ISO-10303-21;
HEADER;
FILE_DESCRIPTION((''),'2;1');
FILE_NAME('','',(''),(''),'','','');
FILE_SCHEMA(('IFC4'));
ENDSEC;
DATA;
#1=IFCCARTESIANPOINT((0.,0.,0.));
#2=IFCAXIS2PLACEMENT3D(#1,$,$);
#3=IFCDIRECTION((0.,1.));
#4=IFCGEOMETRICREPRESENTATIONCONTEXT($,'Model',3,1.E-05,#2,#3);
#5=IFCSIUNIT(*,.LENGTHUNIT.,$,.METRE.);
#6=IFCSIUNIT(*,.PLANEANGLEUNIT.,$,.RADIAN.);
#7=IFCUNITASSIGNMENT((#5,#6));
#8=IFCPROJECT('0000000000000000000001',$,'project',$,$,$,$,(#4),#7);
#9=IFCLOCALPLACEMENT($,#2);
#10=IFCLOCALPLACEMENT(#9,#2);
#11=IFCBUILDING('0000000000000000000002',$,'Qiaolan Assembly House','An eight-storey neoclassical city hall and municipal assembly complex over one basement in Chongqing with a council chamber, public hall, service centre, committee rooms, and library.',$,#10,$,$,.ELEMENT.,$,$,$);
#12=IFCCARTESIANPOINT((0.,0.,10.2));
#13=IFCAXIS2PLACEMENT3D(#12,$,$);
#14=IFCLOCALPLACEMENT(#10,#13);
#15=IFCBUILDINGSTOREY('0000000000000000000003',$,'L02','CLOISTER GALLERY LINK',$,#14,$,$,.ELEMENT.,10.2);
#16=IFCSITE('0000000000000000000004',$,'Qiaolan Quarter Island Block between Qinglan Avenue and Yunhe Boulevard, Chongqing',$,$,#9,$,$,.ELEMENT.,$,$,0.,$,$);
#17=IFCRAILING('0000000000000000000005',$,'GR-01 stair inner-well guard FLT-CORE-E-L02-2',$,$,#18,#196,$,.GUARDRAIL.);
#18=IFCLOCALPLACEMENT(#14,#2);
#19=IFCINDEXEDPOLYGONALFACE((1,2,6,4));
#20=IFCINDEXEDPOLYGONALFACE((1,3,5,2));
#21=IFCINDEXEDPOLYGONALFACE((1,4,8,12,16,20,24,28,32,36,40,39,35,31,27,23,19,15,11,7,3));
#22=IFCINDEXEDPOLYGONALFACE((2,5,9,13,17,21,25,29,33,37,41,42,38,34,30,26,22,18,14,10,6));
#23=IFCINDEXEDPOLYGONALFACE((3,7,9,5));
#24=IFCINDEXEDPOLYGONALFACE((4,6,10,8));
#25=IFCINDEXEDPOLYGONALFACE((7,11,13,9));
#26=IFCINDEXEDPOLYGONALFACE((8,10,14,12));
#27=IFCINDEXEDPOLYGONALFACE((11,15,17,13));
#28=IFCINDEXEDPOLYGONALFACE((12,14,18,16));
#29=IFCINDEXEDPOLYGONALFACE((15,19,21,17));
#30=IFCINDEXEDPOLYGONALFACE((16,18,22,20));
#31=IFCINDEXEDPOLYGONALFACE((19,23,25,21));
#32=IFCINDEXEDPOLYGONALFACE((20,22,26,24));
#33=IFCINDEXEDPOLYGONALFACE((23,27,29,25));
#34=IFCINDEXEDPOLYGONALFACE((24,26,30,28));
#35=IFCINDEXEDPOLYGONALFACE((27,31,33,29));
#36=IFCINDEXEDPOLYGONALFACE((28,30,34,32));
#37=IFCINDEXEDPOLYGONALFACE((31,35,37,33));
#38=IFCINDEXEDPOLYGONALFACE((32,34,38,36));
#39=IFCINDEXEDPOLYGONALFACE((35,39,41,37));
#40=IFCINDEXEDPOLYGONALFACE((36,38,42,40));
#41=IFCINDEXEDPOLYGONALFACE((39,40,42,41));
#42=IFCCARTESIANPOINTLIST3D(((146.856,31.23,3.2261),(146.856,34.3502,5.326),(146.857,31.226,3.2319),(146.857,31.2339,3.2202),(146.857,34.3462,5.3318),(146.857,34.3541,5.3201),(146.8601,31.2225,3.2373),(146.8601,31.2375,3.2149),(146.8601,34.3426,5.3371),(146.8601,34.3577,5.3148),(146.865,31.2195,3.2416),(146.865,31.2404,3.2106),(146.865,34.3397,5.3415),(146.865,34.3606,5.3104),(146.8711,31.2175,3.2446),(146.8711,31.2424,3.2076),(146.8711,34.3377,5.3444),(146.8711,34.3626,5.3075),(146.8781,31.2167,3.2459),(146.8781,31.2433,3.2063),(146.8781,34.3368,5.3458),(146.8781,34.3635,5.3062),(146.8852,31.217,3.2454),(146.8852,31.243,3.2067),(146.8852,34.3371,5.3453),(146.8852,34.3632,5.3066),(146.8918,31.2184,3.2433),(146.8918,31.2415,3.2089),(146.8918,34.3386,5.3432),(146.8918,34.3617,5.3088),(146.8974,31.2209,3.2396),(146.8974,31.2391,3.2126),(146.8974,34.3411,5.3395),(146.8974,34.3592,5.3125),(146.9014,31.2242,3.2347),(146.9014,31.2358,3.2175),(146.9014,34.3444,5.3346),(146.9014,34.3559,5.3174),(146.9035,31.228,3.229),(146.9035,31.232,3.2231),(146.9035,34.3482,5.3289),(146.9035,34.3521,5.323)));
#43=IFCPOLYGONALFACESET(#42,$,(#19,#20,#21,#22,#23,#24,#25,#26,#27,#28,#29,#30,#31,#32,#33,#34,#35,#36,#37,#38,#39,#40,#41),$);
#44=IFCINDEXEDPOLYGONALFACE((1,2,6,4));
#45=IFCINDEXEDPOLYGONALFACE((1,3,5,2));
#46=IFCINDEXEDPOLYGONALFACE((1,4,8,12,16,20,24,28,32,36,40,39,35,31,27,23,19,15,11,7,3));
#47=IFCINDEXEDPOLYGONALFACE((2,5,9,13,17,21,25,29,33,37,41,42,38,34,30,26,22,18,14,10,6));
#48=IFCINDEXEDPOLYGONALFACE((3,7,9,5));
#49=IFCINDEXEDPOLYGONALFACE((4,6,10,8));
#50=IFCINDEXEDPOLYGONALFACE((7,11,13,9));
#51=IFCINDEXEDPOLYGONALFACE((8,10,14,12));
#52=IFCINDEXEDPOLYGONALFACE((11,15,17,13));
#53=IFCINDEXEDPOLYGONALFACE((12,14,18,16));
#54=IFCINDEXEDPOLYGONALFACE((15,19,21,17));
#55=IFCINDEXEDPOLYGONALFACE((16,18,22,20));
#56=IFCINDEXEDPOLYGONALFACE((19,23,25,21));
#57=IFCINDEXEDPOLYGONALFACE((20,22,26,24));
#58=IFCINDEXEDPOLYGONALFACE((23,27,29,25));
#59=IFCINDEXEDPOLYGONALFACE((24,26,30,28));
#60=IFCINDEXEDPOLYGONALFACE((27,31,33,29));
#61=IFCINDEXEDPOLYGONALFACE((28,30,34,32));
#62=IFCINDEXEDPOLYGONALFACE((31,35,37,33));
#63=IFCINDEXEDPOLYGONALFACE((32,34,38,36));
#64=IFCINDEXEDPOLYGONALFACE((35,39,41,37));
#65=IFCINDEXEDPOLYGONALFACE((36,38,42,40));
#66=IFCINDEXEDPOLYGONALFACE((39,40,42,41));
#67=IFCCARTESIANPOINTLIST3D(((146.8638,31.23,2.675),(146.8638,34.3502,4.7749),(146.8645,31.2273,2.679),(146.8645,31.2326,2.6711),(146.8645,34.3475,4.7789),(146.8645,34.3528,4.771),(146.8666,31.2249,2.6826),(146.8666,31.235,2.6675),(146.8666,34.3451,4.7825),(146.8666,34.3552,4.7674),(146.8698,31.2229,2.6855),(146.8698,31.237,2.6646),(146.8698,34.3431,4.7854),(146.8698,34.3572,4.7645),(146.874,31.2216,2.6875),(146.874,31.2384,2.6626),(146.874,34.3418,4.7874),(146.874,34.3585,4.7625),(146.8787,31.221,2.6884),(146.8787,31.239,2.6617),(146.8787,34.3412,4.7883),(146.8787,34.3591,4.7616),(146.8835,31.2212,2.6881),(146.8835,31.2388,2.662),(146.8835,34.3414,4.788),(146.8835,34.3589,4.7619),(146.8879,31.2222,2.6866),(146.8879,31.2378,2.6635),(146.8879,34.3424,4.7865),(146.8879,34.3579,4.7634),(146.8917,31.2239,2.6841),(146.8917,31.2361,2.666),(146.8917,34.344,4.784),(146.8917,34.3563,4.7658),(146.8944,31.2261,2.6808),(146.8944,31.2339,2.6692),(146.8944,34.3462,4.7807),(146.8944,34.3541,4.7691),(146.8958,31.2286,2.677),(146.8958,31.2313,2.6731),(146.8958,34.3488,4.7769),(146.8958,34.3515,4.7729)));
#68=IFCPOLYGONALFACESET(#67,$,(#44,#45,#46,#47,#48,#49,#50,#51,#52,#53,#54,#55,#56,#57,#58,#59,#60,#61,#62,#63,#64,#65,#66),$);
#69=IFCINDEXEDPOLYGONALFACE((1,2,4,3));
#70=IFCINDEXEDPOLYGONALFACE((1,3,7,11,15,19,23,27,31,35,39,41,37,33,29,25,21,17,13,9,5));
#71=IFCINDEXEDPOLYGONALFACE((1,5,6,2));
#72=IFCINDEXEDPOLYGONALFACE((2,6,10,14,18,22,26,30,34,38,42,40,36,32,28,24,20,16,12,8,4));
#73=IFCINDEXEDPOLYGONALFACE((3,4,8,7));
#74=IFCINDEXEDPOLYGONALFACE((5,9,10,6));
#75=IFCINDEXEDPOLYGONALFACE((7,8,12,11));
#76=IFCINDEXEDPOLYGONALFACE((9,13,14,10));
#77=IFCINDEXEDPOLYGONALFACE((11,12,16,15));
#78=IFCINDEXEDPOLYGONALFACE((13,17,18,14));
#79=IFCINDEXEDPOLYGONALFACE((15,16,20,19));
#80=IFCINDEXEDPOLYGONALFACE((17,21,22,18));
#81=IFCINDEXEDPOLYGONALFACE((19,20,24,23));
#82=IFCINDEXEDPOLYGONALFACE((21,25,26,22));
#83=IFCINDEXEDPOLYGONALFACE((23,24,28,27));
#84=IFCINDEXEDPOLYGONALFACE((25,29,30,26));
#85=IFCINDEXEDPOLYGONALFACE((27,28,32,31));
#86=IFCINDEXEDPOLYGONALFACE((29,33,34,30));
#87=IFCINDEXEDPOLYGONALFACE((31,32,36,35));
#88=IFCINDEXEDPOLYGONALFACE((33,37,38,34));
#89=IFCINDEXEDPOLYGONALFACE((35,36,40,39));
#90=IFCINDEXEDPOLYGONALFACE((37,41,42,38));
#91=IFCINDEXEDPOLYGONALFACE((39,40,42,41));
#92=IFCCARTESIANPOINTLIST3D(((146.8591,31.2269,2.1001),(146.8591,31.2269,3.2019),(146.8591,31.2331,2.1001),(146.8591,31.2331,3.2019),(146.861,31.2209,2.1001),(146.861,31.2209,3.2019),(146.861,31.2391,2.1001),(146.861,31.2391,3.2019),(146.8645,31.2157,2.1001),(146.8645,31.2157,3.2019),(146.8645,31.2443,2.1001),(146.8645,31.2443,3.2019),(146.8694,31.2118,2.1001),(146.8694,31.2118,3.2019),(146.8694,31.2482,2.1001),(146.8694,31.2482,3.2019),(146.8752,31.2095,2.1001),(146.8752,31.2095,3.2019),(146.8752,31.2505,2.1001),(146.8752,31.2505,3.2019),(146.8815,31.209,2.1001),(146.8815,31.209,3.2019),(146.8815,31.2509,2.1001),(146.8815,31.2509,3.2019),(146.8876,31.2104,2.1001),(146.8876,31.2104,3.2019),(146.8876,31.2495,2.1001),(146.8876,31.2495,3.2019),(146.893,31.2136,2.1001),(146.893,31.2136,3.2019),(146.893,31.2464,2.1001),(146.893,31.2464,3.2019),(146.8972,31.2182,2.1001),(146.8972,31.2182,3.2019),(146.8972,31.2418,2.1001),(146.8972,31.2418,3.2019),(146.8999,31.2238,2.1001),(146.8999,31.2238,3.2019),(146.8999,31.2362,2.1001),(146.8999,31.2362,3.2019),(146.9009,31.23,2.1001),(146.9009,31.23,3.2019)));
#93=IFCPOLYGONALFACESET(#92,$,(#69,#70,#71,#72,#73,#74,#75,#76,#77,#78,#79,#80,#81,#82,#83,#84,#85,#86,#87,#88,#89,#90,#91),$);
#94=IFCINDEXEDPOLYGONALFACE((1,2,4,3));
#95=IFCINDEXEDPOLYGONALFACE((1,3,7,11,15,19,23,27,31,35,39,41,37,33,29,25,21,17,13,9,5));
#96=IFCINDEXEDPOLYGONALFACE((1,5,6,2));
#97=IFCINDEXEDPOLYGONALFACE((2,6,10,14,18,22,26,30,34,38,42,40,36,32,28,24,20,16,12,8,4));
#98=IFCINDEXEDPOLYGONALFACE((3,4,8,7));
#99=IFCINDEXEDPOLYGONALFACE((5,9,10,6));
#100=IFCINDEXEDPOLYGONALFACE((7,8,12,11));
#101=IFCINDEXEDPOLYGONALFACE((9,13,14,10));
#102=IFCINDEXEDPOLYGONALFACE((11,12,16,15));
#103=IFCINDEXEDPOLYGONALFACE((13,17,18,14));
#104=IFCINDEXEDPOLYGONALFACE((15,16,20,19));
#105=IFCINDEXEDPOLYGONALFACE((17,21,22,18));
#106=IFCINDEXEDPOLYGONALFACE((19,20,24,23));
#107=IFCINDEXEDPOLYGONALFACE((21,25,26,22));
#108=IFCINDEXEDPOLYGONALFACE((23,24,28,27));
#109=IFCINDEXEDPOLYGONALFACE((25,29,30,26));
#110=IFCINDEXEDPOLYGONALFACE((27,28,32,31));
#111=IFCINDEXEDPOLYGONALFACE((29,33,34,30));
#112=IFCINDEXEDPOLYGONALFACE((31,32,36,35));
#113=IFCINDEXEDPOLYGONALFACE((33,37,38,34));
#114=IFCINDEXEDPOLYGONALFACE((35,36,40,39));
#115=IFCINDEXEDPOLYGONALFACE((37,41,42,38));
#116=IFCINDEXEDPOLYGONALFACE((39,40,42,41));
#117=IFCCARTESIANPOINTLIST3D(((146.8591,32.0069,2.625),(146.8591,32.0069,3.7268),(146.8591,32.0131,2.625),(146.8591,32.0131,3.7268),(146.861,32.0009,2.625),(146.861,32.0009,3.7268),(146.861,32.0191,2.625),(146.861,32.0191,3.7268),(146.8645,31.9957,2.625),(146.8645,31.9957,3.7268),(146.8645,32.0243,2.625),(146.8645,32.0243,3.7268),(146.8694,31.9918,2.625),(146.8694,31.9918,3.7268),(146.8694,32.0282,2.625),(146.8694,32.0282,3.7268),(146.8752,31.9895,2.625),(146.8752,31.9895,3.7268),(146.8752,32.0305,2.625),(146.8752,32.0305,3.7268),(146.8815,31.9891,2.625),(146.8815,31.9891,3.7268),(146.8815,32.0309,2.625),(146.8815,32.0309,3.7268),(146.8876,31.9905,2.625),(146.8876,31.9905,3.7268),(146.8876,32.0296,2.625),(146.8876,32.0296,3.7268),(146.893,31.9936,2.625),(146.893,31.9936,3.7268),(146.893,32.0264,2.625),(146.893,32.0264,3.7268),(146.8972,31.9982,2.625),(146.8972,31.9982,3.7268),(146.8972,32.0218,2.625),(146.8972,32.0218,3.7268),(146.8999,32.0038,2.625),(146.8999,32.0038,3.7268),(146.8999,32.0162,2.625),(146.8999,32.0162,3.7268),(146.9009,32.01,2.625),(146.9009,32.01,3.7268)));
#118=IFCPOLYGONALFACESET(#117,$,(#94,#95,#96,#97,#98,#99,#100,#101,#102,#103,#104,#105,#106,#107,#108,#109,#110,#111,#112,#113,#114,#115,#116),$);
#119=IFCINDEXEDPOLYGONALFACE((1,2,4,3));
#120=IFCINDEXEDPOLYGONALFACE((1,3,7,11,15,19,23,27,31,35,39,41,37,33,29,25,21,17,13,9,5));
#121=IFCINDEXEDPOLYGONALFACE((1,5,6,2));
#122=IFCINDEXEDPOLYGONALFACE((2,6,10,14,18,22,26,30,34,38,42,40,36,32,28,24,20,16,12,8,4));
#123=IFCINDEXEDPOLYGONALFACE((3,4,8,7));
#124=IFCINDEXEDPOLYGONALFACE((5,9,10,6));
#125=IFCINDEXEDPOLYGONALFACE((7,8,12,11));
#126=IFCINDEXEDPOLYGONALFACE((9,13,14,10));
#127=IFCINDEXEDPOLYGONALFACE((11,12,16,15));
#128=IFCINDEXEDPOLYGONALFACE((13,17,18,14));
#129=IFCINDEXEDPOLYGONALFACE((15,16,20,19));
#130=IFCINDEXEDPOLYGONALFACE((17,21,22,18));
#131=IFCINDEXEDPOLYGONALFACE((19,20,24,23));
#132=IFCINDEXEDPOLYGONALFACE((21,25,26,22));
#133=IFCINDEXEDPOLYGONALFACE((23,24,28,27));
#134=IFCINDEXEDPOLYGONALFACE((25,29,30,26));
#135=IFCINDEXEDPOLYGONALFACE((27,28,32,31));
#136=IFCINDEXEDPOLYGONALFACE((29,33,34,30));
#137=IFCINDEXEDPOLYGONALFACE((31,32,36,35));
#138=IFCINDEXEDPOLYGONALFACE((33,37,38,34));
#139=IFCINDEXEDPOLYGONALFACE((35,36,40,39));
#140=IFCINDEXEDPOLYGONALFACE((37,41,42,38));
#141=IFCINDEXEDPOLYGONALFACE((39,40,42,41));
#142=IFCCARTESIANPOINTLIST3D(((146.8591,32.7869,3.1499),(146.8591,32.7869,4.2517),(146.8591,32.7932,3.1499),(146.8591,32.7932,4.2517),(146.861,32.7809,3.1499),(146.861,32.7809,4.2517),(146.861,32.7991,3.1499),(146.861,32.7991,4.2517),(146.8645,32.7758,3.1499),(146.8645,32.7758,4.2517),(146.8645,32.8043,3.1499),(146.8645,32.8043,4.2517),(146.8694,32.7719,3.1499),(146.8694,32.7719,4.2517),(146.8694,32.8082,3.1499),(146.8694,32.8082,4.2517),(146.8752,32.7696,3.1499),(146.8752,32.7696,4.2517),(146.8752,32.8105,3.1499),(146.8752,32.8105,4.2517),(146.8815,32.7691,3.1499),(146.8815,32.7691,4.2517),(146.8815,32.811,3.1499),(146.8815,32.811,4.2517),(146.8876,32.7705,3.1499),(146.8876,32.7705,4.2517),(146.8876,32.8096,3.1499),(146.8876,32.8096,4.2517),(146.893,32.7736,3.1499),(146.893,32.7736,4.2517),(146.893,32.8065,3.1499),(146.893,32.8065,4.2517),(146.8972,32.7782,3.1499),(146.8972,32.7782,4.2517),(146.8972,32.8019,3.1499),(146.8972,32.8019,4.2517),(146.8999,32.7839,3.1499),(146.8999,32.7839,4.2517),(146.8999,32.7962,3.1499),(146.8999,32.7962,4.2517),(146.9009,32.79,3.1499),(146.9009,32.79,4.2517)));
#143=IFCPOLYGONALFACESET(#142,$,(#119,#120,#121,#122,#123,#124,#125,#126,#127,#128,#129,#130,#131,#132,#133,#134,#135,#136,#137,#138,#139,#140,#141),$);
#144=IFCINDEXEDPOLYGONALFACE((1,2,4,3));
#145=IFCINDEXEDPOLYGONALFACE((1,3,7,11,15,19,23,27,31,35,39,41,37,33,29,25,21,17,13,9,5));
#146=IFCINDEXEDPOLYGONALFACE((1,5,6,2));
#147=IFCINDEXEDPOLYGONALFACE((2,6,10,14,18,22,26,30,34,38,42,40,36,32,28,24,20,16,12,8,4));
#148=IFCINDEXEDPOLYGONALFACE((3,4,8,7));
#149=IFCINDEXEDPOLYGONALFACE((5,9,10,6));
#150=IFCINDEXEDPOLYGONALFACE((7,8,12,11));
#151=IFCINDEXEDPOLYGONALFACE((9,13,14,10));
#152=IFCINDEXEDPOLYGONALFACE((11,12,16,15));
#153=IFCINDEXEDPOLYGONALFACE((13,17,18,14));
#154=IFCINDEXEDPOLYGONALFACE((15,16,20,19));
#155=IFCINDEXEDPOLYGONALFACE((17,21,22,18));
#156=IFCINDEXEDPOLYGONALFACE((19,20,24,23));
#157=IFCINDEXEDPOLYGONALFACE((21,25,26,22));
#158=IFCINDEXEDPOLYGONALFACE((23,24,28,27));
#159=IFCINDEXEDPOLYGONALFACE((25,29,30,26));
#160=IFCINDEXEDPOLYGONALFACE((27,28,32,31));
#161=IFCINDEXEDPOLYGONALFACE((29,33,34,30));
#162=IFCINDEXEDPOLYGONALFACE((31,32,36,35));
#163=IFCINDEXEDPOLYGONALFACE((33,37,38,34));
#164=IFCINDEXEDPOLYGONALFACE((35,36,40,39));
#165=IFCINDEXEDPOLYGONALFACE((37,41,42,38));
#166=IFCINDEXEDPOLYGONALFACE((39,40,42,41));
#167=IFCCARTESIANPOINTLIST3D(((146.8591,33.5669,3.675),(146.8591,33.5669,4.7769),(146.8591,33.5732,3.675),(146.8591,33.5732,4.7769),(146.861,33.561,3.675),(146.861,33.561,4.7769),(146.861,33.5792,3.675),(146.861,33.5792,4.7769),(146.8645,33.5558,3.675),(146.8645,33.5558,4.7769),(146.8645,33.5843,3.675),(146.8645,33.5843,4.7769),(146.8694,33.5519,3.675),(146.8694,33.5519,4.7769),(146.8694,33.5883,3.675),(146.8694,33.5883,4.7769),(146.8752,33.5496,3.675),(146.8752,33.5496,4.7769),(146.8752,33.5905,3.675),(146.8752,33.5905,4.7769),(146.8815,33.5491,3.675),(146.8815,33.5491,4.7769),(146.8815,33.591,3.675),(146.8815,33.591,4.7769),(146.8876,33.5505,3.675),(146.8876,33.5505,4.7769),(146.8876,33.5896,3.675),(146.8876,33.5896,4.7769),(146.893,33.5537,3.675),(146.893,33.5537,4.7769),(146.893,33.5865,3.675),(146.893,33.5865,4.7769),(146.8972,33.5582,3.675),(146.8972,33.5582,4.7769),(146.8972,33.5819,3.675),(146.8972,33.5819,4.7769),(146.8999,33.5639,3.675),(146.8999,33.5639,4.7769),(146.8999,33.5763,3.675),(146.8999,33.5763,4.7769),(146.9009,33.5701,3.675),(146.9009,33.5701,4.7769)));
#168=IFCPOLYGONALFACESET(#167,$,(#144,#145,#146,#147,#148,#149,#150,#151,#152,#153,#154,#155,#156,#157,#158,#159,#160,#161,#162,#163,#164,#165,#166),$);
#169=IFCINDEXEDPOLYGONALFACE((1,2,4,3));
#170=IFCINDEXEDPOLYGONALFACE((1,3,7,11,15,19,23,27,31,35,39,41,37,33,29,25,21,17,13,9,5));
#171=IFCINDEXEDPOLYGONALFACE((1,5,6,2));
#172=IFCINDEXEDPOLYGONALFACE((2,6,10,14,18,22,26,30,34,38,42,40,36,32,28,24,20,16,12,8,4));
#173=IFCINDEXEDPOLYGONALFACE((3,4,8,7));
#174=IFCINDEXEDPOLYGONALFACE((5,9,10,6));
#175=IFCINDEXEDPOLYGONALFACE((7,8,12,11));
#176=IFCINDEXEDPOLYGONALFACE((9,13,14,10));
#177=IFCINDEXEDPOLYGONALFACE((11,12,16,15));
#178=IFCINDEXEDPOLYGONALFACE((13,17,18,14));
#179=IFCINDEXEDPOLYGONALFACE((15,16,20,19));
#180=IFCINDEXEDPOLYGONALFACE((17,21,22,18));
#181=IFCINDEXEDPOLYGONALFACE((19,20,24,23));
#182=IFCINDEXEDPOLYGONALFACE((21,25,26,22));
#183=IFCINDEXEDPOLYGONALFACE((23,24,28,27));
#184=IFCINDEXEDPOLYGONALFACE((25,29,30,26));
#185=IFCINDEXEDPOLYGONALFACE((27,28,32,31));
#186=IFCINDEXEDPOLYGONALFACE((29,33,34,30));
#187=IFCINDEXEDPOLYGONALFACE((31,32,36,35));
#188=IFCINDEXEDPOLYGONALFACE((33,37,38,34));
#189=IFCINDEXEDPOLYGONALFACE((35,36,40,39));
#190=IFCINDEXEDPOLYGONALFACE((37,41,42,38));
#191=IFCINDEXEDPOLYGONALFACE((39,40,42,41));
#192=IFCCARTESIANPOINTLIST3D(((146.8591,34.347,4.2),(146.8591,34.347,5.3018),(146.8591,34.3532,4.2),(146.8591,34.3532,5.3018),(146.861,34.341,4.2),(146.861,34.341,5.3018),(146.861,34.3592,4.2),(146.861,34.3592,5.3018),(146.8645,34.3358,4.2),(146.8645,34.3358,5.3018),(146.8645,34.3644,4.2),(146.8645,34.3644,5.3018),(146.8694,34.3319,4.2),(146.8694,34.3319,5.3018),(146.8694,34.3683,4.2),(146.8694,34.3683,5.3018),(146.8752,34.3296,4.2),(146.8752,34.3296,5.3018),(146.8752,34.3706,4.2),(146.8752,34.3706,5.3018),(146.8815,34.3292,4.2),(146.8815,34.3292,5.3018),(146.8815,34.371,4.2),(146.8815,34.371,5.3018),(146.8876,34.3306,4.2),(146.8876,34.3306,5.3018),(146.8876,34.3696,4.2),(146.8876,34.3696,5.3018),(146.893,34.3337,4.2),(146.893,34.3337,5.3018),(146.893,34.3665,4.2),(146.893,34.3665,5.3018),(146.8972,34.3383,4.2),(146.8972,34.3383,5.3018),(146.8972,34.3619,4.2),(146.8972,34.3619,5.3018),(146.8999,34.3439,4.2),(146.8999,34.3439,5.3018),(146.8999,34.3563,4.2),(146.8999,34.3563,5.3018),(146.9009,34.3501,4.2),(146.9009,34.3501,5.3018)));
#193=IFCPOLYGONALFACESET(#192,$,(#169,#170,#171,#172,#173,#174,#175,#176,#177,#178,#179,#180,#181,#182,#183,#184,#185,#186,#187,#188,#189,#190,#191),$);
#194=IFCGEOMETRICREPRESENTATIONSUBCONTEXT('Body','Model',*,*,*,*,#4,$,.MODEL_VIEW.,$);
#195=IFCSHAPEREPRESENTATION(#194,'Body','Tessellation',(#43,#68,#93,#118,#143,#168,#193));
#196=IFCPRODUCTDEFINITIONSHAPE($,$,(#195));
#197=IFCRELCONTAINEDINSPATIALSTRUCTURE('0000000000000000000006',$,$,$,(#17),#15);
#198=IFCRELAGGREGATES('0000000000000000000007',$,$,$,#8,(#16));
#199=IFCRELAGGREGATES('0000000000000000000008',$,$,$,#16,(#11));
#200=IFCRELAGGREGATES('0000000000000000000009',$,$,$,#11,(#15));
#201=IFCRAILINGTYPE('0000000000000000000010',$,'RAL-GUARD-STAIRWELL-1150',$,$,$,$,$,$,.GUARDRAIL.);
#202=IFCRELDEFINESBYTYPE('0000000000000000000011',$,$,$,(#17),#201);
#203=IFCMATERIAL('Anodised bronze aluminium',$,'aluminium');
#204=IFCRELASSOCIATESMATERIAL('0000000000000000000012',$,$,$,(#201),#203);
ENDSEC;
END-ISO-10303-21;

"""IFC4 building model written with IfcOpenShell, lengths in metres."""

from ifc_helpers import new_model, si_unit, direction, frame, origin, origin_2d, place, context, subcontext, project, spatial, circle, extrude, material, type_object, element, save


model = new_model("IFC4")

# Units and contexts
model_context = context("Model", 3, precision=1e-05, world=origin(), true_north=direction((0.0, 1.0)))
body_context = subcontext(model_context, "Body", "Model", "MODEL_VIEW")
ifc_project = project(units=[si_unit("LENGTHUNIT", "METRE"), si_unit("PLANEANGLEUNIT", "RADIAN")], contexts=[model_context])

# Site, building, storey
site_placement = place(None, origin())
site = spatial("IfcSite", under=ifc_project, at=site_placement, Name="Qiaolan Quarter Island Block between Qinglan Avenue and Yunhe Boulevard, Chongqing", CompositionType="ELEMENT", RefElevation=0.0)
building_placement = place(site_placement, origin())
building = spatial("IfcBuilding", under=site, at=building_placement, Name="Qiaolan Assembly House", Description="An eight-storey neoclassical city hall and municipal assembly complex over one basement in Chongqing with a council chamber, public hall, service centre, committee rooms, and library.", CompositionType="ELEMENT")
storey_placement = place(building_placement, frame((0.0, 0.0, 10.2)))
storey = spatial("IfcBuildingStorey", under=building, at=storey_placement, Name="L02", Description="CLOISTER GALLERY LINK", CompositionType="ELEMENT", Elevation=10.2)

# Shared definitions
ifc_material_1 = material(Name="Anodised bronze aluminium", Category="aluminium")

# Railing
railing_type_1 = type_object("IfcRailingType", Name="RAL-GUARD-STAIRWELL-1150", PredefinedType="GUARDRAIL", material=ifc_material_1)
railing_1_placement = place(storey_placement, frame((146.8799, 31.23, 2.1001)))
element("IfcRailing", 1, at=railing_1_placement, inside=storey, type_object=railing_type_1, Name="GR-01 stair inner-well guard FLT-CORE-E-L02-2", PredefinedType="GUARDRAIL", context=body_context, shape_type="SweptSolid", body=[
    extrude(circle(Radius=0.0239, at=origin_2d()), frame((0.0, 0.0, 1.126), z_axis=(0.0, 0.829616, 0.558335), x_axis=(-1.0, 0.0, 0.0)), (0.0, 0.0, 1.0), 3.761),
    extrude(circle(Radius=0.0161, at=origin_2d()), frame((0.0, 0.0, 0.575), z_axis=(0.0, 0.829616, 0.558335), x_axis=(-1.0, 0.0, 0.0)), (0.0, 0.0, 1.0), 3.761),
    extrude(circle(Radius=0.021, at=origin_2d()), origin(), (0.0, 0.0, 1.0), 1.1018),
    extrude(circle(Radius=0.021, at=origin_2d()), frame((0.0, 0.78, 0.5249)), (0.0, 0.0, 1.0), 1.1018),
    extrude(circle(Radius=0.021, at=origin_2d()), frame((0.0, 1.5601, 1.0498)), (0.0, 0.0, 1.0), 1.1018),
    extrude(circle(Radius=0.021, at=origin_2d()), frame((0.0, 2.3401, 1.575)), (0.0, 0.0, 1.0), 1.1018),
    extrude(circle(Radius=0.021, at=origin_2d()), frame((0.0, 3.1201, 2.0999)), (0.0, 0.0, 1.0), 1.1018),
])

save(model, "model.ifc")
